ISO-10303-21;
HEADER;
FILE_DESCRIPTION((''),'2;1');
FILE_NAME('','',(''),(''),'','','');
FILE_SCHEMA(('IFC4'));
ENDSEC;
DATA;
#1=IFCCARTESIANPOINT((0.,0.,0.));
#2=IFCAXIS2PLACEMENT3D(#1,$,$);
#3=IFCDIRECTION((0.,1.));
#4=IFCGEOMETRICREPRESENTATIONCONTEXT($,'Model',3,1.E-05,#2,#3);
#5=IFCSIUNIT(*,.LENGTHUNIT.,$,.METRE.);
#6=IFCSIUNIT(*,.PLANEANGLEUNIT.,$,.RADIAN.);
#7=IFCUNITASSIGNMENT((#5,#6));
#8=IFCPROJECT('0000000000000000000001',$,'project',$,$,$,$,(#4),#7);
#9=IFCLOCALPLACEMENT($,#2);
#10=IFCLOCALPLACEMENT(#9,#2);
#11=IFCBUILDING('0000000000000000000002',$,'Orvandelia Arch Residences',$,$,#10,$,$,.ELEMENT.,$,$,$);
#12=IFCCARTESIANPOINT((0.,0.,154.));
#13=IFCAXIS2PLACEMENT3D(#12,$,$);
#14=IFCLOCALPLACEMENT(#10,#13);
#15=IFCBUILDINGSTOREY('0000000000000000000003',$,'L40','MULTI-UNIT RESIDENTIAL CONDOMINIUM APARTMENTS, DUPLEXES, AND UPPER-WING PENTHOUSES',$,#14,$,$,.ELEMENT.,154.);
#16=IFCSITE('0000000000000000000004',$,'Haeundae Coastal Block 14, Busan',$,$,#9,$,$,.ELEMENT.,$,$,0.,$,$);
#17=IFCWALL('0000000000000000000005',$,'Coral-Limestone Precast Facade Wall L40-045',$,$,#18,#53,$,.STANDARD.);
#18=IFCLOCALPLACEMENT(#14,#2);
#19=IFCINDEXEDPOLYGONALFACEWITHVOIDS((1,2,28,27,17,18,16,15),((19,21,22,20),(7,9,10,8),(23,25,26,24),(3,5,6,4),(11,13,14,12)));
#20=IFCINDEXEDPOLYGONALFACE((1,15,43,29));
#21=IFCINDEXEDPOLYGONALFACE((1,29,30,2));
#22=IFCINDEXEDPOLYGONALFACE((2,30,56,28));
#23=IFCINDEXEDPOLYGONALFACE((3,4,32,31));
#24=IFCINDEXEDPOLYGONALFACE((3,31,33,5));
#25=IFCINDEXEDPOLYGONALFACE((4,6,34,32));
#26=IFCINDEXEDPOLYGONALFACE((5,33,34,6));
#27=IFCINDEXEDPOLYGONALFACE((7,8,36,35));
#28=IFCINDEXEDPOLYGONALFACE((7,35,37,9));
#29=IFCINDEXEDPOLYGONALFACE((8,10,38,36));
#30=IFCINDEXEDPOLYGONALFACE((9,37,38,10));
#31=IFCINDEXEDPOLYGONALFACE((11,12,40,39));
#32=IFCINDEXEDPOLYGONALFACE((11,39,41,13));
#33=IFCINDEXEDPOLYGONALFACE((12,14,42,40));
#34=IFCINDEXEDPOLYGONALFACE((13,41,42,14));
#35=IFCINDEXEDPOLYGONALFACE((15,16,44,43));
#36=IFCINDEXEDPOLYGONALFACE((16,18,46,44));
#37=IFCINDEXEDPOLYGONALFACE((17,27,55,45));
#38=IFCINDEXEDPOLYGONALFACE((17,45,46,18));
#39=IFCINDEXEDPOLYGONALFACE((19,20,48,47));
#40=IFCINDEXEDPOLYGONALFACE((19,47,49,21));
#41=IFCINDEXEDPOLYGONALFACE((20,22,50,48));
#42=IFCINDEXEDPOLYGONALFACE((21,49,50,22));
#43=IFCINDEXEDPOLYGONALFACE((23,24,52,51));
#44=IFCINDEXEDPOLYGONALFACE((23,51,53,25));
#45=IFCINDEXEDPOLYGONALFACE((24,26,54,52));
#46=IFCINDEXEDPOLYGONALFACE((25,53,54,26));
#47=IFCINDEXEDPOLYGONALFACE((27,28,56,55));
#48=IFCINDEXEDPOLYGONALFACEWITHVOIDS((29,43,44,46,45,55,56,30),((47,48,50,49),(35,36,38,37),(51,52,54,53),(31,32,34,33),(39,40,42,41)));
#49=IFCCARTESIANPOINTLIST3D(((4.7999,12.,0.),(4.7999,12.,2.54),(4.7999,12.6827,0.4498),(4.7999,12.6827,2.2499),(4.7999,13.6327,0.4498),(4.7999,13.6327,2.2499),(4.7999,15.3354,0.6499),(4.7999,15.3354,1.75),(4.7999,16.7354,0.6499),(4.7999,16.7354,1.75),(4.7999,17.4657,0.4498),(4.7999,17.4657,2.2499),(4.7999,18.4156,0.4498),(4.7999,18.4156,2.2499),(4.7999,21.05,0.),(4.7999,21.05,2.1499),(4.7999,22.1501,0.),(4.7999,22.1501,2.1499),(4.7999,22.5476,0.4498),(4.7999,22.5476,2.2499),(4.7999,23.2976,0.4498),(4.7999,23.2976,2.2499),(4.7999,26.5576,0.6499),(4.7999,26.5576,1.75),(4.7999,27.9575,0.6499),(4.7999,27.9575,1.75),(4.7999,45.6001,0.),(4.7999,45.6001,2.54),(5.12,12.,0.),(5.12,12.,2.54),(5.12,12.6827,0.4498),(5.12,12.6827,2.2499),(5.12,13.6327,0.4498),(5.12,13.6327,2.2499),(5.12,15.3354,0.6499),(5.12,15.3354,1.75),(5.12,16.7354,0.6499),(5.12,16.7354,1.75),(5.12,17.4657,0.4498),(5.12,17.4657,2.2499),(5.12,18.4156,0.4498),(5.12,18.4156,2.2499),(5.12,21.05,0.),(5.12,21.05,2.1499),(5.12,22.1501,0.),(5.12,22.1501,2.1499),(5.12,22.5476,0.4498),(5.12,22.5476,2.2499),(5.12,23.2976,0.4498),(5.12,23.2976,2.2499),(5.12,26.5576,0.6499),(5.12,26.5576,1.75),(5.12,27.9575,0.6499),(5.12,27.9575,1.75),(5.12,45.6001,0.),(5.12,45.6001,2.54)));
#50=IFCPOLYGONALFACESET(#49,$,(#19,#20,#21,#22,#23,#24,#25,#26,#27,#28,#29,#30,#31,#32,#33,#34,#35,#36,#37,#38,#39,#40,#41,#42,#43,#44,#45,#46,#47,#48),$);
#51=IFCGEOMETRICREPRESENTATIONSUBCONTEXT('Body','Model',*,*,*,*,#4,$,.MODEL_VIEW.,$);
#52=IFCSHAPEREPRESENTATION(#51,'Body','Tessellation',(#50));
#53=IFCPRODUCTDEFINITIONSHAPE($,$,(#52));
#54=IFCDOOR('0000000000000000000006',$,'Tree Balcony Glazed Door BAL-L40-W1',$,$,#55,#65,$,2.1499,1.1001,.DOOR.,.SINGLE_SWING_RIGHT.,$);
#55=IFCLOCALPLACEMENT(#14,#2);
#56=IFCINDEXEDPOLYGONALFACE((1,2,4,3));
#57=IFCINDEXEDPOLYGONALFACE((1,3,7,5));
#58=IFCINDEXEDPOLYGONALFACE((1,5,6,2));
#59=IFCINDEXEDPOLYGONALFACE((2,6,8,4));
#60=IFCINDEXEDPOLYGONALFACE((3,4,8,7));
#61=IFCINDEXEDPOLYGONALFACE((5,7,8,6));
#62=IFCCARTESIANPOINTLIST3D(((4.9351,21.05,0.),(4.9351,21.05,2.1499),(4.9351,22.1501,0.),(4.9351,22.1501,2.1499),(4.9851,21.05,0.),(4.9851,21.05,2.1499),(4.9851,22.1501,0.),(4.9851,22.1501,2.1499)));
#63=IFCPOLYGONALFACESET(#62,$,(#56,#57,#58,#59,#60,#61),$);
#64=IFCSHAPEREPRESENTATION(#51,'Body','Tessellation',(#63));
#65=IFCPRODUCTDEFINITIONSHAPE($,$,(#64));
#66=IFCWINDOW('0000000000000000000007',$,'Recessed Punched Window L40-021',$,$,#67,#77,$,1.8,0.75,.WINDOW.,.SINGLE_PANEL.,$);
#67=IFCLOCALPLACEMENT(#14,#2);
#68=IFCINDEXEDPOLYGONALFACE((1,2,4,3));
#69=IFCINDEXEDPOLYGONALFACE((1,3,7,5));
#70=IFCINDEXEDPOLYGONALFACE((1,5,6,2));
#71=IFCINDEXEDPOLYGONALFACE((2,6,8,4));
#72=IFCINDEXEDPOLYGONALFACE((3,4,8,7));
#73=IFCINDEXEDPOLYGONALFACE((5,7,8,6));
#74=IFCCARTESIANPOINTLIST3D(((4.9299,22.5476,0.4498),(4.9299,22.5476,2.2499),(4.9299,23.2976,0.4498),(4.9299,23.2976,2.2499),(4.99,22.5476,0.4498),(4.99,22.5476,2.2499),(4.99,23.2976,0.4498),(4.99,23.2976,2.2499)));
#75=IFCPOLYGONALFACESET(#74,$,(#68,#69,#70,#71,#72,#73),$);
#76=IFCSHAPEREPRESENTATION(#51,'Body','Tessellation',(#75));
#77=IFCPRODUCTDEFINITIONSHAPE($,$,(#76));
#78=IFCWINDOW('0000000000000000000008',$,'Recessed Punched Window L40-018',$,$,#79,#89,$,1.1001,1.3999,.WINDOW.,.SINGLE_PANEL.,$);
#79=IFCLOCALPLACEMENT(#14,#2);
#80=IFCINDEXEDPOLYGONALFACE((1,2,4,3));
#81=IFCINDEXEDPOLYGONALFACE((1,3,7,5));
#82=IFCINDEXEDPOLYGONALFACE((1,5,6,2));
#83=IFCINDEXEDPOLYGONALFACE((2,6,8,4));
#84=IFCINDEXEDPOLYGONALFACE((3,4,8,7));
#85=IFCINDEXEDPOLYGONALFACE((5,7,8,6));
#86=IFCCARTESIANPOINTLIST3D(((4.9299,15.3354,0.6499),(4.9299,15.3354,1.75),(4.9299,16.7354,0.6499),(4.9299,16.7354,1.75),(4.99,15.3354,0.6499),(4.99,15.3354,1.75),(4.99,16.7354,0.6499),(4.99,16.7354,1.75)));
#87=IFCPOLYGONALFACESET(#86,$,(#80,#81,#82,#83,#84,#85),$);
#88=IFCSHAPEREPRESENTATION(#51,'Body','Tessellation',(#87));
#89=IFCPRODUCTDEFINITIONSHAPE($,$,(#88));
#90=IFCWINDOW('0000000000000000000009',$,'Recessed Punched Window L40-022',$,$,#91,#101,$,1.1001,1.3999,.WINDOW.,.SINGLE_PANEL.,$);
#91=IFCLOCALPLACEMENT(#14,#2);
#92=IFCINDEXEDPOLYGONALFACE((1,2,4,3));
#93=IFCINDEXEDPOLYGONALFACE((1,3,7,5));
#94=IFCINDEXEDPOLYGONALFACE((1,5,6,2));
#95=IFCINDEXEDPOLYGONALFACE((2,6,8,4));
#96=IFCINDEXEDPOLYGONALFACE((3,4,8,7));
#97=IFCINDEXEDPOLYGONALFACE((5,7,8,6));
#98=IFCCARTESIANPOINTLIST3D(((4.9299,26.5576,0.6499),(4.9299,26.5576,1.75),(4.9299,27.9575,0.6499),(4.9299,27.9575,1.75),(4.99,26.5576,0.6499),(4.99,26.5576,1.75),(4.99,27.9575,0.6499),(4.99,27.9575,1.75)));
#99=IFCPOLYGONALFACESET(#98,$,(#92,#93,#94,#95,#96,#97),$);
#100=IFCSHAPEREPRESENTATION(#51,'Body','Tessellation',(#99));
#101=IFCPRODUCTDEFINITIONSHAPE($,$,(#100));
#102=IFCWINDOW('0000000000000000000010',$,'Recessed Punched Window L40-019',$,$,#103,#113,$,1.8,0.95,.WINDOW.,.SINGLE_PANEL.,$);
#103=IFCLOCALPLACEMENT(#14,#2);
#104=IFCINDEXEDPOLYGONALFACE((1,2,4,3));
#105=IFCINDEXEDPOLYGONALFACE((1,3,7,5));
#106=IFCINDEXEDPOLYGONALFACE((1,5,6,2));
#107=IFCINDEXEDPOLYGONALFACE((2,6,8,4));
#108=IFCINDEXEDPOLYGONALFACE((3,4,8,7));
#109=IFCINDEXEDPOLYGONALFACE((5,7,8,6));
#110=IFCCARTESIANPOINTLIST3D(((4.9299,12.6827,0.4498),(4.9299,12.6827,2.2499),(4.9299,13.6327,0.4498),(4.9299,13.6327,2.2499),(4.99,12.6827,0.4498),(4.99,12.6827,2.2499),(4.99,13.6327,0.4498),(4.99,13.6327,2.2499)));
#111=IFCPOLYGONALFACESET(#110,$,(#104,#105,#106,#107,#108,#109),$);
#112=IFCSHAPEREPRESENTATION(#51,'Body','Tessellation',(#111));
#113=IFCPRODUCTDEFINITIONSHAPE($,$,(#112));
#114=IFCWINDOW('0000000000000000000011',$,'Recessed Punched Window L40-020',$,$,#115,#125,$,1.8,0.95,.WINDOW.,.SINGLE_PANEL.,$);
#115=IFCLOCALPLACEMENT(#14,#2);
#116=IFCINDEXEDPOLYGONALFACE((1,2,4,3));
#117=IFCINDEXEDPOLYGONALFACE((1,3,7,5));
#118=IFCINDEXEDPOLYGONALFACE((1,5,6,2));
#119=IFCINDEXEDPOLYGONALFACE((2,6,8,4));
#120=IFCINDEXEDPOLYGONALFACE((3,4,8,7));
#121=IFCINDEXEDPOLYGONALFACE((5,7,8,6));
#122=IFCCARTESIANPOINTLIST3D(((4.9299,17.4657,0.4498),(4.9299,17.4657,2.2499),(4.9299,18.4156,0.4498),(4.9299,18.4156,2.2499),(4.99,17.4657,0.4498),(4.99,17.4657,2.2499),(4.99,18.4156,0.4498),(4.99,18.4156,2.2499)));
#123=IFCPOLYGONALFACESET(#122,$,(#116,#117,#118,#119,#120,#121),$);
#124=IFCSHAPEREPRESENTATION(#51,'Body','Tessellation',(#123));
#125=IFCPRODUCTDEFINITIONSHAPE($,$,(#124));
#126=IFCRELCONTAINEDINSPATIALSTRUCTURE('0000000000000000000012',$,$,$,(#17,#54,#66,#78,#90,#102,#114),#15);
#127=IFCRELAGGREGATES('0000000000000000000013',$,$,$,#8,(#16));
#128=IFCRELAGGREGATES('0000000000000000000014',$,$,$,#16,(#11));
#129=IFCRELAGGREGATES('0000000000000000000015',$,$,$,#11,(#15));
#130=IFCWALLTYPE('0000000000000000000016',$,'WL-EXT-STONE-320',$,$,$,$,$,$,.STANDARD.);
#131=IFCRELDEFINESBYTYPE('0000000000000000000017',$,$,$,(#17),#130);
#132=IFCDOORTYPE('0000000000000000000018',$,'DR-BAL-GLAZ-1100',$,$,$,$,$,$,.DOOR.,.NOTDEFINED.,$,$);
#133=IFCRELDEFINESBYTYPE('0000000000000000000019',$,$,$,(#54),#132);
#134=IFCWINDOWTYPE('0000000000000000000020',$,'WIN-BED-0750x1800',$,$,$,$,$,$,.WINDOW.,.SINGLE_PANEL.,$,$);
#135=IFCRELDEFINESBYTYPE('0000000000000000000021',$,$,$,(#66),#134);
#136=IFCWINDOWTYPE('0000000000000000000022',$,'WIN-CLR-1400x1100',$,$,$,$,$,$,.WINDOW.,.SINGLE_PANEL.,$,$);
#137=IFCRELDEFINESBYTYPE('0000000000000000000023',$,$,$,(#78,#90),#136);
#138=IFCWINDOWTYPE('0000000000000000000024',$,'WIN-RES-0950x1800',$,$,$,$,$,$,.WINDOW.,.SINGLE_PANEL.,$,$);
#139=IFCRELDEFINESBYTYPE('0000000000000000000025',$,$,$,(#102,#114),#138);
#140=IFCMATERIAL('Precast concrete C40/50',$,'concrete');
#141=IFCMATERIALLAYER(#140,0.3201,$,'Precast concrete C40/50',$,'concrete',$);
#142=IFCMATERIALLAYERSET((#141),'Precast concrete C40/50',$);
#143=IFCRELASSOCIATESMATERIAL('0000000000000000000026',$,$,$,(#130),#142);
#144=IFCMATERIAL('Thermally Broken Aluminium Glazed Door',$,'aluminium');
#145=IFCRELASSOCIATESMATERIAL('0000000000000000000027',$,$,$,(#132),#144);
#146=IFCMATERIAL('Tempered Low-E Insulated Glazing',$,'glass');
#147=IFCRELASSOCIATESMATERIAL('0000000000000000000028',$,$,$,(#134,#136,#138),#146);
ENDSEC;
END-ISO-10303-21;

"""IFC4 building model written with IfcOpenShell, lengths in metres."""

from ifc_helpers import new_model, si_unit, direction, frame, frame_2d, origin, place, context, subcontext, project, spatial, rectangle, extrude, material, layer, layer_set, type_object, element, fill, save


model = new_model("IFC4")

# Units and contexts
model_context = context("Model", 3, precision=1e-05, world=origin(), true_north=direction((0.0, 1.0)))
body_context = subcontext(model_context, "Body", "Model", "MODEL_VIEW")
ifc_project = project(units=[si_unit("LENGTHUNIT", "METRE"), si_unit("PLANEANGLEUNIT", "RADIAN")], contexts=[model_context])

# Site, building, storey
site_placement = place(None, origin())
site = spatial("IfcSite", under=ifc_project, at=site_placement, Name="Haeundae Coastal Block 14, Busan", CompositionType="ELEMENT", RefElevation=0.0)
building_placement = place(site_placement, origin())
building = spatial("IfcBuilding", under=site, at=building_placement, Name="Orvandelia Arch Residences", CompositionType="ELEMENT")
storey_placement = place(building_placement, frame((0.0, 0.0, 154.0)))
storey = spatial("IfcBuildingStorey", under=building, at=storey_placement, Name="L40", Description="MULTI-UNIT RESIDENTIAL CONDOMINIUM APARTMENTS, DUPLEXES, AND UPPER-WING PENTHOUSES", CompositionType="ELEMENT", Elevation=154.0)

# Shared definitions
ifc_material_1 = material(Name="Precast concrete C40/50", Category="concrete")

# Shared definitions
ifc_layer_1 = layer(ifc_material_1, 0.3201, Name="Precast concrete C40/50", Category="concrete")
ifc_layer_set_1 = layer_set([ifc_layer_1], Name="Precast concrete C40/50")
wall_type_1 = type_object("IfcWallType", Name="WL-EXT-STONE-320", PredefinedType="STANDARD", material=ifc_layer_set_1)

# Wall, openings, door, windows
wall_1_placement = place(storey_placement, frame((4.96, 12.0, 0.0), z_axis=(0.0, 0.0, 1.0), x_axis=(0.0, 1.0, 0.0)))
wall_1 = element("IfcWall", 1, at=wall_1_placement, inside=storey, type_object=wall_type_1, Name="Coral-Limestone Precast Facade Wall L40-045", PredefinedType="STANDARD", context=body_context, shape_type="SweptSolid", body=[
    extrude(rectangle(XDim=33.6001, YDim=0.3201, at=frame_2d((16.8, 0.0))), origin(), (0.0, 0.0, 1.0), 2.54),
])
opening_1_placement = place(wall_1_placement, frame((9.05, 0.0, 0.0)))
opening_1 = element("IfcOpeningElement", 2, at=opening_1_placement, cuts=wall_1, PredefinedType="OPENING", context=body_context, shape_type="SweptSolid", body=[
    extrude(rectangle(XDim=1.1001, YDim=2.1499, at=frame_2d((0.55, 1.075))), frame((0.0, 0.1699, 0.0), z_axis=(0.0, -1.0, 0.0), x_axis=(1.0, 0.0, 0.0)), (0.0, 0.0, 1.0), 0.3401),
])
opening_2_placement = place(wall_1_placement, frame((3.3354, 0.0, 0.6499)))
opening_2 = element("IfcOpeningElement", 3, at=opening_2_placement, cuts=wall_1, PredefinedType="OPENING", context=body_context, shape_type="SweptSolid", body=[
    extrude(rectangle(XDim=1.3999, YDim=1.1001, at=frame_2d((0.7, 0.55))), frame((0.0, 0.1699, 0.0), z_axis=(0.0, -1.0, 0.0), x_axis=(1.0, 0.0, 0.0)), (0.0, 0.0, 1.0), 0.3401),
])
opening_3_placement = place(wall_1_placement, frame((0.6826, 0.0, 0.45)))
opening_3 = element("IfcOpeningElement", 4, at=opening_3_placement, cuts=wall_1, PredefinedType="OPENING", context=body_context, shape_type="SweptSolid", body=[
    extrude(rectangle(XDim=0.95, YDim=1.8, at=frame_2d((0.4751, 0.8999))), frame((0.0, 0.1699, 0.0), z_axis=(0.0, -1.0, 0.0), x_axis=(1.0, 0.0, 0.0)), (0.0, 0.0, 1.0), 0.3401),
])
opening_4_placement = place(wall_1_placement, frame((5.4656, 0.0, 0.45)))
opening_4 = element("IfcOpeningElement", 5, at=opening_4_placement, cuts=wall_1, PredefinedType="OPENING", context=body_context, shape_type="SweptSolid", body=[
    extrude(rectangle(XDim=0.95, YDim=1.8, at=frame_2d((0.4751, 0.8999))), frame((0.0, 0.1699, 0.0), z_axis=(0.0, -1.0, 0.0), x_axis=(1.0, 0.0, 0.0)), (0.0, 0.0, 1.0), 0.3401),
])
opening_5_placement = place(wall_1_placement, frame((10.5476, 0.0, 0.45)))
opening_5 = element("IfcOpeningElement", 6, at=opening_5_placement, cuts=wall_1, PredefinedType="OPENING", context=body_context, shape_type="SweptSolid", body=[
    extrude(rectangle(XDim=0.75, YDim=1.8, at=frame_2d((0.375, 0.8999))), frame((0.0, 0.1699, 0.0), z_axis=(0.0, -1.0, 0.0), x_axis=(1.0, 0.0, 0.0)), (0.0, 0.0, 1.0), 0.3401),
])
opening_6_placement = place(wall_1_placement, frame((14.5576, 0.0, 0.6499)))
opening_6 = element("IfcOpeningElement", 7, at=opening_6_placement, cuts=wall_1, PredefinedType="OPENING", context=body_context, shape_type="SweptSolid", body=[
    extrude(rectangle(XDim=1.3999, YDim=1.1001, at=frame_2d((0.7, 0.55))), frame((0.0, 0.1699, 0.0), z_axis=(0.0, -1.0, 0.0), x_axis=(1.0, 0.0, 0.0)), (0.0, 0.0, 1.0), 0.3401),
])
ifc_material_2 = material(Name="Thermally Broken Aluminium Glazed Door", Category="aluminium")
door_type_1 = type_object("IfcDoorType", Name="DR-BAL-GLAZ-1100", OperationType="NOTDEFINED", PredefinedType="DOOR", material=ifc_material_2)
door_1_placement = place(opening_1_placement, origin())
door_1 = element("IfcDoor", 8, at=door_1_placement, inside=storey, type_object=door_type_1, Name="Tree Balcony Glazed Door BAL-L40-W1", OperationType="SINGLE_SWING_RIGHT", OverallHeight=2.1499, OverallWidth=1.1001, PredefinedType="DOOR", context=body_context, shape_type="SweptSolid", body=[
    extrude(rectangle(XDim=1.1001, YDim=2.1499, at=frame_2d((0.55, 1.075))), frame((0.0, 0.0249, 0.0), z_axis=(0.0, -1.0, 0.0), x_axis=(1.0, 0.0, 0.0)), (0.0, 0.0, 1.0), 0.05),
])
fill(opening_1, door_1)
ifc_material_3 = material(Name="Tempered Low-E Insulated Glazing", Category="glass")
window_type_1 = type_object("IfcWindowType", Name="WIN-BED-0750x1800", PartitioningType="SINGLE_PANEL", PredefinedType="WINDOW", material=ifc_material_3)
window_1_placement = place(opening_5_placement, origin())
window_1 = element("IfcWindow", 9, at=window_1_placement, inside=storey, type_object=window_type_1, Name="Recessed Punched Window L40-021", OverallHeight=1.8, OverallWidth=0.75, PartitioningType="SINGLE_PANEL", PredefinedType="WINDOW", context=body_context, shape_type="SweptSolid", body=[
    extrude(rectangle(XDim=0.75, YDim=1.8, at=frame_2d((0.375, 0.8999))), frame((0.0, 0.03, 0.0), z_axis=(0.0, -1.0, 0.0), x_axis=(1.0, 0.0, 0.0)), (0.0, 0.0, 1.0), 0.0601),
])
fill(opening_5, window_1)
window_type_2 = type_object("IfcWindowType", Name="WIN-CLR-1400x1100", PartitioningType="SINGLE_PANEL", PredefinedType="WINDOW", material=ifc_material_3)
window_2_placement = place(opening_2_placement, origin())
window_2 = element("IfcWindow", 10, at=window_2_placement, inside=storey, type_object=window_type_2, Name="Recessed Punched Window L40-018", OverallHeight=1.1001, OverallWidth=1.3999, PartitioningType="SINGLE_PANEL", PredefinedType="WINDOW", context=body_context, shape_type="SweptSolid", body=[
    extrude(rectangle(XDim=1.3999, YDim=1.1001, at=frame_2d((0.7, 0.55))), frame((0.0, 0.03, 0.0), z_axis=(0.0, -1.0, 0.0), x_axis=(1.0, 0.0, 0.0)), (0.0, 0.0, 1.0), 0.0601),
])
fill(opening_2, window_2)
window_3_placement = place(opening_6_placement, origin())
window_3 = element("IfcWindow", 11, at=window_3_placement, inside=storey, type_object=window_type_2, Name="Recessed Punched Window L40-022", OverallHeight=1.1001, OverallWidth=1.3999, PartitioningType="SINGLE_PANEL", PredefinedType="WINDOW", context=body_context, shape_type="SweptSolid", body=[
    extrude(rectangle(XDim=1.3999, YDim=1.1001, at=frame_2d((0.7, 0.55))), frame((0.0, 0.03, 0.0), z_axis=(0.0, -1.0, 0.0), x_axis=(1.0, 0.0, 0.0)), (0.0, 0.0, 1.0), 0.0601),
])
fill(opening_6, window_3)
window_type_3 = type_object("IfcWindowType", Name="WIN-RES-0950x1800", PartitioningType="SINGLE_PANEL", PredefinedType="WINDOW", material=ifc_material_3)
window_4_placement = place(opening_3_placement, origin())
window_4 = element("IfcWindow", 12, at=window_4_placement, inside=storey, type_object=window_type_3, Name="Recessed Punched Window L40-019", OverallHeight=1.8, OverallWidth=0.95, PartitioningType="SINGLE_PANEL", PredefinedType="WINDOW", context=body_context, shape_type="SweptSolid", body=[
    extrude(rectangle(XDim=0.95, YDim=1.8, at=frame_2d((0.4751, 0.8999))), frame((0.0, 0.03, 0.0), z_axis=(0.0, -1.0, 0.0), x_axis=(1.0, 0.0, 0.0)), (0.0, 0.0, 1.0), 0.0601),
])
fill(opening_3, window_4)
window_5_placement = place(opening_4_placement, origin())
window_5 = element("IfcWindow", 13, at=window_5_placement, inside=storey, type_object=window_type_3, Name="Recessed Punched Window L40-020", OverallHeight=1.8, OverallWidth=0.95, PartitioningType="SINGLE_PANEL", PredefinedType="WINDOW", context=body_context, shape_type="SweptSolid", body=[
    extrude(rectangle(XDim=0.95, YDim=1.8, at=frame_2d((0.4751, 0.8999))), frame((0.0, 0.03, 0.0), z_axis=(0.0, -1.0, 0.0), x_axis=(1.0, 0.0, 0.0)), (0.0, 0.0, 1.0), 0.0601),
])
fill(opening_4, window_5)

save(model, "model.ifc")
